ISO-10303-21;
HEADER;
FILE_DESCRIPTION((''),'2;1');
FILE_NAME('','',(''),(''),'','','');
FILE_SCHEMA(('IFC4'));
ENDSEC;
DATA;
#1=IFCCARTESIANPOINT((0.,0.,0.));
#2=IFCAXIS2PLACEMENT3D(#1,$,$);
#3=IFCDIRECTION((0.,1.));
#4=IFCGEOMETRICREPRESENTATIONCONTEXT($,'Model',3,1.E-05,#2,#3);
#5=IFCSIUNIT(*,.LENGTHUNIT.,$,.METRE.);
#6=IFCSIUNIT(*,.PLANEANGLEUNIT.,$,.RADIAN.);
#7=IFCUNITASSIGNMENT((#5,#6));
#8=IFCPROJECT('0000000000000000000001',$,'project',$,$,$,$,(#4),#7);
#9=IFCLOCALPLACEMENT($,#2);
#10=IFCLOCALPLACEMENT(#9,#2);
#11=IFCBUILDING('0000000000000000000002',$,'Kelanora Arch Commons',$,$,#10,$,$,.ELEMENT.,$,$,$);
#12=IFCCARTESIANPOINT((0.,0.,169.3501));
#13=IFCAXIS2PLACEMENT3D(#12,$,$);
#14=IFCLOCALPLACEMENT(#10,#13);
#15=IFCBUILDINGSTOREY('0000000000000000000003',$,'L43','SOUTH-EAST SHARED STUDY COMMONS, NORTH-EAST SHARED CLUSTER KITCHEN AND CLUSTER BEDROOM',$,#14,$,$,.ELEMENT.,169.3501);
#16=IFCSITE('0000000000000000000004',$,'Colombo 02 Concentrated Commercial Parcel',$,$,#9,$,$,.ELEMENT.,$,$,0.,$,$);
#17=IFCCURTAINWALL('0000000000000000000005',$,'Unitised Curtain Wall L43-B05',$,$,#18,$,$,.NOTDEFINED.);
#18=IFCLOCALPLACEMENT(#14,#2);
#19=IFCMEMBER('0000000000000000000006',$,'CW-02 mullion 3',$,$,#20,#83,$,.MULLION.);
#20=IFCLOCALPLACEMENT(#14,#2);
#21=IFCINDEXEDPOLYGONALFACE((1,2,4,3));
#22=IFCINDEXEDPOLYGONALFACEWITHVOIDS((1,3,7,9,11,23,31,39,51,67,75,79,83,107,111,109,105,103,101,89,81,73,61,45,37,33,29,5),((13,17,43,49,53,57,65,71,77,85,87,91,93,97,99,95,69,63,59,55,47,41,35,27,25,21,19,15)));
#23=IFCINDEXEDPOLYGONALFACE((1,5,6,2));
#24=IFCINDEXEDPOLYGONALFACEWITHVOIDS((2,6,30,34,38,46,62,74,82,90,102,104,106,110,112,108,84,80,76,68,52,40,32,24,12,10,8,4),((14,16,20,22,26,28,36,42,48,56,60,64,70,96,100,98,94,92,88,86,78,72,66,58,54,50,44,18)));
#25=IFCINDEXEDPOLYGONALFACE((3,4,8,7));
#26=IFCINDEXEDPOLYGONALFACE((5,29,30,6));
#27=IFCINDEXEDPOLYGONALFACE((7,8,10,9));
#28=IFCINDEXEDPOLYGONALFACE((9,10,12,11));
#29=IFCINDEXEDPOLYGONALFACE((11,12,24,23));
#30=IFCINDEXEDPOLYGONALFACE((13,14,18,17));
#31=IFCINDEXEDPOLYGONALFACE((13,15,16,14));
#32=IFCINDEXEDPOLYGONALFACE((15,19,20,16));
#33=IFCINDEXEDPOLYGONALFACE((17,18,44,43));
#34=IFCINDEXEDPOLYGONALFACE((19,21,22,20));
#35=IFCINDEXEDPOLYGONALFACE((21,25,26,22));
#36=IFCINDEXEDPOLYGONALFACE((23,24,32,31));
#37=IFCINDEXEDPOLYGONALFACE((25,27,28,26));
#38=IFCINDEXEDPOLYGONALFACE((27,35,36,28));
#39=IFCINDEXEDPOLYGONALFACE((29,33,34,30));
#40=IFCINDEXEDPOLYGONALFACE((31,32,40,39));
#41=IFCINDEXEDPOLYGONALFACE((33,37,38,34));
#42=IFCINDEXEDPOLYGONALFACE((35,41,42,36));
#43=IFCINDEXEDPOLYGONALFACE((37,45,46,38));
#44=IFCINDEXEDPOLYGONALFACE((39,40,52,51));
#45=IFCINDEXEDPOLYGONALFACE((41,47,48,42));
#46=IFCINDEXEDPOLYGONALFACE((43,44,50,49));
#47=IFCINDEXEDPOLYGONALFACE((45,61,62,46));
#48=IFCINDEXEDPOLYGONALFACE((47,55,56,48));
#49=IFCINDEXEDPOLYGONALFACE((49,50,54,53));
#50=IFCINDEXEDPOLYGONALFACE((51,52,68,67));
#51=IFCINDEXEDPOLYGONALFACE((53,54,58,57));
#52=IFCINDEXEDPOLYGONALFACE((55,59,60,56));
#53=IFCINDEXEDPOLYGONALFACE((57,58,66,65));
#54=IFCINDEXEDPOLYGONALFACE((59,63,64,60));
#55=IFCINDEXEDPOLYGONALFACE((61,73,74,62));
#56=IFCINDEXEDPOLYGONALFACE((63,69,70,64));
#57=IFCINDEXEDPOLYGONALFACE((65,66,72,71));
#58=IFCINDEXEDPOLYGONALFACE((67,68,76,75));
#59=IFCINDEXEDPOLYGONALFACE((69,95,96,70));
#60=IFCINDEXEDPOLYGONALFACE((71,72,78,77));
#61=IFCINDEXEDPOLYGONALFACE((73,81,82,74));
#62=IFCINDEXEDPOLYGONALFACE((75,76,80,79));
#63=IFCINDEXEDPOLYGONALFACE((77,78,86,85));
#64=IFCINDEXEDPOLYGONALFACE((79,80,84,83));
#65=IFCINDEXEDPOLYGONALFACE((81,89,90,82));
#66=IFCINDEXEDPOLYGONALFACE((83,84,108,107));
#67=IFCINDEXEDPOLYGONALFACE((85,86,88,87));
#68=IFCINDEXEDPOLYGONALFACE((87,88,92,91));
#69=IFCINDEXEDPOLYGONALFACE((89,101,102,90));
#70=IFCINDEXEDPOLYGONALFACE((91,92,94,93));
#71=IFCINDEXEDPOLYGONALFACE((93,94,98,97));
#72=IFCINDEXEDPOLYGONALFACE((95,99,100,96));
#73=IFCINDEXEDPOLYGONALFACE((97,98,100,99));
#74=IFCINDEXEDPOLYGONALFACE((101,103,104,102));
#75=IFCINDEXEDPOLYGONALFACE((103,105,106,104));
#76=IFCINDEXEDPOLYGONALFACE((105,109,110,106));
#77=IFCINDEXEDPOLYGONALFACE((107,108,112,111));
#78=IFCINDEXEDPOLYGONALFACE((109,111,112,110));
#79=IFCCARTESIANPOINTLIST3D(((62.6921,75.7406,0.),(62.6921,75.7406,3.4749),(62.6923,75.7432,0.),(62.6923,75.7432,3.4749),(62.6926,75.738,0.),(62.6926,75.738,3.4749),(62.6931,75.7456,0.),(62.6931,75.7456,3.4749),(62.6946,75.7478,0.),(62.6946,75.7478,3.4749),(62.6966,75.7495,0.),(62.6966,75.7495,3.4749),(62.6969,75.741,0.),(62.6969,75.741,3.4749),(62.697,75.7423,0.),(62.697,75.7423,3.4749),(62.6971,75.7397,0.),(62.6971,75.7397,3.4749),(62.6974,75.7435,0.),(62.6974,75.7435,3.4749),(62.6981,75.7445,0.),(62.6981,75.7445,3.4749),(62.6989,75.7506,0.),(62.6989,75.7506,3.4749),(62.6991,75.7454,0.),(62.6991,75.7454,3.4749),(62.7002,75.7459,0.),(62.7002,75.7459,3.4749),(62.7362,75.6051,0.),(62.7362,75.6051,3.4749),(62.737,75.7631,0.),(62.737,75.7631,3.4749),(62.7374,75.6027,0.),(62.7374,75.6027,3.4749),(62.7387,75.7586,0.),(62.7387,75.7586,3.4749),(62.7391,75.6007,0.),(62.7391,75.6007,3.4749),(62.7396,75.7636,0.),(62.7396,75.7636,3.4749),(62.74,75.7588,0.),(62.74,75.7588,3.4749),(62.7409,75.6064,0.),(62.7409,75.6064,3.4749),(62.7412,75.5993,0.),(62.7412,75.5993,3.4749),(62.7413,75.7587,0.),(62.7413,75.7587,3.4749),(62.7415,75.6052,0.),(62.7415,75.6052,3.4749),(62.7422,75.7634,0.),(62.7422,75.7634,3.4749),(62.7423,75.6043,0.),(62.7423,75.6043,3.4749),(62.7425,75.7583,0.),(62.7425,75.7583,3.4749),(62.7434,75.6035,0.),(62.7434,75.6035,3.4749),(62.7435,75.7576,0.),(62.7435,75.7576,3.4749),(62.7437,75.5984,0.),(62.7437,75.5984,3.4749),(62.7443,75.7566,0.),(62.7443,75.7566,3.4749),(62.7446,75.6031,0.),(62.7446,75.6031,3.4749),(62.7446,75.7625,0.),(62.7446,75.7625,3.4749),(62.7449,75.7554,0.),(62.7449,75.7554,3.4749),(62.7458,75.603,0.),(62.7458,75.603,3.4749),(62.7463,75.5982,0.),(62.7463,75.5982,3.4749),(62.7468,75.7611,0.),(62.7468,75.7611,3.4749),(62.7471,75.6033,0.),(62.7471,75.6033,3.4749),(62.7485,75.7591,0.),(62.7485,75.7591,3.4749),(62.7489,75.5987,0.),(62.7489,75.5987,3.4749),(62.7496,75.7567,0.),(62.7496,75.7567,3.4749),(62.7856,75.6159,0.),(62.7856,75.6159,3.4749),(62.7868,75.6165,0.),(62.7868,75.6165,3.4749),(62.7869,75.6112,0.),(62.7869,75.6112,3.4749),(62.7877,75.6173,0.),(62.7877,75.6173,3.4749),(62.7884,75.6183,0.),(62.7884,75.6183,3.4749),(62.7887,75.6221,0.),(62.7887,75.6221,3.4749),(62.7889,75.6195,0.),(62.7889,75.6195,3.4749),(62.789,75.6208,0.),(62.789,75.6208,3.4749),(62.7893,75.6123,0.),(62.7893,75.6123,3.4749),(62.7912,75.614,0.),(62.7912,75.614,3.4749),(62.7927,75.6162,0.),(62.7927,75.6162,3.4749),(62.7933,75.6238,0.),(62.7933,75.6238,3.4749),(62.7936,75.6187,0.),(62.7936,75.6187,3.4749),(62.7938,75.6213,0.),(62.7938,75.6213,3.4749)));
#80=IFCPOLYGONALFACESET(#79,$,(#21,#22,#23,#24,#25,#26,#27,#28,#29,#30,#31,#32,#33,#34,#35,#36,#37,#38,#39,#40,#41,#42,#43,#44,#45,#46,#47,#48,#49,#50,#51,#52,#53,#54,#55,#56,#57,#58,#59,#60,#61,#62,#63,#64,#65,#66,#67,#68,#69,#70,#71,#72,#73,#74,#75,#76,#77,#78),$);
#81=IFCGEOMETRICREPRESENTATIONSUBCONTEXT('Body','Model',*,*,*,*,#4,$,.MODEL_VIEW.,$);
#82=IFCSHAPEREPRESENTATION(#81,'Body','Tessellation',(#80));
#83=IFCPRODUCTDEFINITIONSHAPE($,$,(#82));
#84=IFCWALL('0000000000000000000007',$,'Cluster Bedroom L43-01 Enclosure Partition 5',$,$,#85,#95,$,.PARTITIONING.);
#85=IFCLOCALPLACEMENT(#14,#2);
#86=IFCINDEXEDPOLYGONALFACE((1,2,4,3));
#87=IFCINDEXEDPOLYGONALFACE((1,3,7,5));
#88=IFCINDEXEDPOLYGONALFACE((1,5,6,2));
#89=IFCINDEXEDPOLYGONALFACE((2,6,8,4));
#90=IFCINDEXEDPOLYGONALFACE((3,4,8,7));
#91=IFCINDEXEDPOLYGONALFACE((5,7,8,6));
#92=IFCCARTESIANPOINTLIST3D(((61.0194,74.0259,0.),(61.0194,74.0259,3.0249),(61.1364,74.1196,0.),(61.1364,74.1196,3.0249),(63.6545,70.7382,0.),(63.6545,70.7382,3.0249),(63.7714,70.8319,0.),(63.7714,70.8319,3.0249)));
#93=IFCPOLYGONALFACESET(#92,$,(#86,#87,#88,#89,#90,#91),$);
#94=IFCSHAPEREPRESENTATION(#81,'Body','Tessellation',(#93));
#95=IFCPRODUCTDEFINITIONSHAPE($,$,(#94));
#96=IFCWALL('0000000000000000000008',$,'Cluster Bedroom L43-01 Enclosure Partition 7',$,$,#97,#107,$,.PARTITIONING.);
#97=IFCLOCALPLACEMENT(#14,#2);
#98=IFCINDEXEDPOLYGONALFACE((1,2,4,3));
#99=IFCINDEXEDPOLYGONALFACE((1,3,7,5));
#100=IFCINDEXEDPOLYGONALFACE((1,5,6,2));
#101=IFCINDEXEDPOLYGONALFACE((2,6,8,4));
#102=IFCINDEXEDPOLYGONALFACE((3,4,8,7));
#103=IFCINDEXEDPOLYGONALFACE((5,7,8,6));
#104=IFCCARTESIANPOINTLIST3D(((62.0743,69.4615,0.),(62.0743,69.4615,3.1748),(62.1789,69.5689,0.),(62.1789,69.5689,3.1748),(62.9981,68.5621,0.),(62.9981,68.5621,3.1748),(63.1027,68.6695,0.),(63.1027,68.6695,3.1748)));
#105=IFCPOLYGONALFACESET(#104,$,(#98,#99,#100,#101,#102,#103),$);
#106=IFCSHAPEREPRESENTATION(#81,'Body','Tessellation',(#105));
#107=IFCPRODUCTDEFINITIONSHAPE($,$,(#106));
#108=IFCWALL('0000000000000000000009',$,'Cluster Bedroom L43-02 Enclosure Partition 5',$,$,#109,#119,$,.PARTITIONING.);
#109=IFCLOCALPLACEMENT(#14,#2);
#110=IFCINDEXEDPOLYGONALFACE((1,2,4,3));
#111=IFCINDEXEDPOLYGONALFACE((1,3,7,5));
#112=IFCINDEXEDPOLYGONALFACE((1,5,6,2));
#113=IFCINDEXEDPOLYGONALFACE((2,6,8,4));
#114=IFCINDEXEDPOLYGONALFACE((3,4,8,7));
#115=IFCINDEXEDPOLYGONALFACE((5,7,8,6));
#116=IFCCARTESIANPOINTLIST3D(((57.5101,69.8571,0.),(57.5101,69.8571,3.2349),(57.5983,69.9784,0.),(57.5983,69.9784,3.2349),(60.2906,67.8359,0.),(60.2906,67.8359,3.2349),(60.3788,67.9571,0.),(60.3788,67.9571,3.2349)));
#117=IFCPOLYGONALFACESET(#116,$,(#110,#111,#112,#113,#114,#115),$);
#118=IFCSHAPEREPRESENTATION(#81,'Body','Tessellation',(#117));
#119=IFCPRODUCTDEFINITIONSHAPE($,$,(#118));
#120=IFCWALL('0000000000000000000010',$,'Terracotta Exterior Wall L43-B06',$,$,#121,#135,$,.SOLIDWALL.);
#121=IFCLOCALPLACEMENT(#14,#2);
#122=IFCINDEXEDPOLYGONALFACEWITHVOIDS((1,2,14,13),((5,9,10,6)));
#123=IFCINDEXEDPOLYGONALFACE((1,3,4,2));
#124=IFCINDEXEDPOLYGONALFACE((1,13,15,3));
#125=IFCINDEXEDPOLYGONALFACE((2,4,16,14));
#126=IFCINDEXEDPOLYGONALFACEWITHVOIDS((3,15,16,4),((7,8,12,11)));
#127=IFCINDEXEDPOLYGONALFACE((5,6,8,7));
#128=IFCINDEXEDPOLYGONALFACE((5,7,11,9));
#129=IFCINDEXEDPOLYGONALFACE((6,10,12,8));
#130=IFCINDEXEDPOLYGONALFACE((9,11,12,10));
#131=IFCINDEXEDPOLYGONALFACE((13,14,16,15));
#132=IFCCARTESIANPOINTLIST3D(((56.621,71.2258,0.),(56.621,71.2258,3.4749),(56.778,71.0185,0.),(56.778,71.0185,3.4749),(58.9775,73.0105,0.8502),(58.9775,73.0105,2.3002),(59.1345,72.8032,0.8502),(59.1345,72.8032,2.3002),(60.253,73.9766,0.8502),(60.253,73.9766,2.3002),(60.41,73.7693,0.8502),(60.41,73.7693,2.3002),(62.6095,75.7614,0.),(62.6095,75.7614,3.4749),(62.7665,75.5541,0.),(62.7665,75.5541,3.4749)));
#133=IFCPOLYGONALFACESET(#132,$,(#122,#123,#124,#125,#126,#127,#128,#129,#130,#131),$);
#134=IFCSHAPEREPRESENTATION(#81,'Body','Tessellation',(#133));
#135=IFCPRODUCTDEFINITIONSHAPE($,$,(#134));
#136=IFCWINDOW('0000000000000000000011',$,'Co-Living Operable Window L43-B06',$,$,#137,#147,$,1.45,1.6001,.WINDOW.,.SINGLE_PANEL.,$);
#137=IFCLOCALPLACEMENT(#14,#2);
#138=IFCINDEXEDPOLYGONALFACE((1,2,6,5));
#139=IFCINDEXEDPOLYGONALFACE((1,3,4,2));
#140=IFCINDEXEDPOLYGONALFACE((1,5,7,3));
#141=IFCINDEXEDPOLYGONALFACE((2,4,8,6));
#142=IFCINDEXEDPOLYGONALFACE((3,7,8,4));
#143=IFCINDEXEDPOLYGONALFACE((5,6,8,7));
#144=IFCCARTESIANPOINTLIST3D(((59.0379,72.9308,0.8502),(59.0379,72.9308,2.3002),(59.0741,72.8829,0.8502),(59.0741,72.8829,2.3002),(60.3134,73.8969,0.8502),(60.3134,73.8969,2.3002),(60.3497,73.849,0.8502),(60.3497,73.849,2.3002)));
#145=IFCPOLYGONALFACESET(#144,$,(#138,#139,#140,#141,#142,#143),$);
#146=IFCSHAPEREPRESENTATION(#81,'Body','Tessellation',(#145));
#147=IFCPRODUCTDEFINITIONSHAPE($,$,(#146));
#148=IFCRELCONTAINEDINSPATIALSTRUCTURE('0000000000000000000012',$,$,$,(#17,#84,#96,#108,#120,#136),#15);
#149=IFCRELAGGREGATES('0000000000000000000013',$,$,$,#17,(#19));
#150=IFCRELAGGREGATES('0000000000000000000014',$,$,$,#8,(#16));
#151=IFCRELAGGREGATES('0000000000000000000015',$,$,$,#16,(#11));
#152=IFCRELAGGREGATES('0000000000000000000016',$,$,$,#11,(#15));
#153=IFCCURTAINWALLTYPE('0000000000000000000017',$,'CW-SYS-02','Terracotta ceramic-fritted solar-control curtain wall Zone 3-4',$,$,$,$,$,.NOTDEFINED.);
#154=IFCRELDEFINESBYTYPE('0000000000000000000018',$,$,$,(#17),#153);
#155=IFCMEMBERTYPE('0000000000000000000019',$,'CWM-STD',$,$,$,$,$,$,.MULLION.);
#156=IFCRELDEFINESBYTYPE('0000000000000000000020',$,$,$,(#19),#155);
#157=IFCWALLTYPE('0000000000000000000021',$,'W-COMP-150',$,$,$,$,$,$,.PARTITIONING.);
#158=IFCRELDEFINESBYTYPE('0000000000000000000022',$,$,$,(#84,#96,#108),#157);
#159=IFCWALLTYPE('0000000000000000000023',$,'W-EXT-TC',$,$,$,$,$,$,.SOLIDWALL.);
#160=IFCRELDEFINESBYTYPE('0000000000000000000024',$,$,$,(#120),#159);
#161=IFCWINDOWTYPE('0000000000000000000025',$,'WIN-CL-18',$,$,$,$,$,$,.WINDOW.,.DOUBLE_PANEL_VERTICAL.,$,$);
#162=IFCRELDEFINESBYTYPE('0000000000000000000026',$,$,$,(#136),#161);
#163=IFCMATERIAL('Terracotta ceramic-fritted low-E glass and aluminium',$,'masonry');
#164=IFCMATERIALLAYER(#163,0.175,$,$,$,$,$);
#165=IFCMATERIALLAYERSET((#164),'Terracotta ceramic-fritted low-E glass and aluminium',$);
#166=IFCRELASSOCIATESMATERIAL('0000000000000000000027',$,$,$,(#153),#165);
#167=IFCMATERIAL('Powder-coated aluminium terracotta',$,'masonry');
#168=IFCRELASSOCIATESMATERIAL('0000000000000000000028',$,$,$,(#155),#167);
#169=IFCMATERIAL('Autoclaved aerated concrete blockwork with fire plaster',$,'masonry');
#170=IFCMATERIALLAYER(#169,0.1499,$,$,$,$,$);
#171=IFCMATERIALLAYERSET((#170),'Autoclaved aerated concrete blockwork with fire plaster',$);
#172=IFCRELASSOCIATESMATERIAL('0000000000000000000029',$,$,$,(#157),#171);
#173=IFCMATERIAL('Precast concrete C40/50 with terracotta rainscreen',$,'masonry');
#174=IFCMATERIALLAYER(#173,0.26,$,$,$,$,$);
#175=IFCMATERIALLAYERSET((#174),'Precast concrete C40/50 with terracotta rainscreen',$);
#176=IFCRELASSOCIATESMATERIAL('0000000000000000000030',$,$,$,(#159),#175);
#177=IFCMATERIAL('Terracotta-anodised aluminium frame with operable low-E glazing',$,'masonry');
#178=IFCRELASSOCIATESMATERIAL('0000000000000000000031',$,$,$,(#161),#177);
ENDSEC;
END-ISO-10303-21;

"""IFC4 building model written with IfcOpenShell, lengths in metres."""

from ifc_helpers import new_model, si_unit, direction, frame, frame_2d, origin, origin_2d, place, context, subcontext, project, spatial, rectangle, hollow_rectangle, extrude, material, layer, layer_set, material_profile, profile_set, type_object, element, fill, aggregate, save


model = new_model("IFC4")

# Units and contexts
model_context = context("Model", 3, precision=1e-05, world=origin(), true_north=direction((0.0, 1.0)))
body_context = subcontext(model_context, "Body", "Model", "MODEL_VIEW")
ifc_project = project(units=[si_unit("LENGTHUNIT", "METRE"), si_unit("PLANEANGLEUNIT", "RADIAN")], contexts=[model_context])

# Site, building, storey
site_placement = place(None, origin())
site = spatial("IfcSite", under=ifc_project, at=site_placement, Name="Colombo 02 Concentrated Commercial Parcel", CompositionType="ELEMENT", RefElevation=0.0)
building_placement = place(site_placement, origin())
building = spatial("IfcBuilding", under=site, at=building_placement, Name="Kelanora Arch Commons", CompositionType="ELEMENT")
storey_placement = place(building_placement, frame((0.0, 0.0, 169.3501)))
storey = spatial("IfcBuildingStorey", under=building, at=storey_placement, Name="L43", Description="SOUTH-EAST SHARED STUDY COMMONS, NORTH-EAST SHARED CLUSTER KITCHEN AND CLUSTER BEDROOM", CompositionType="ELEMENT", Elevation=169.3501)

# Curtain wall, member
ifc_material_1 = material(Name="Terracotta ceramic-fritted low-E glass and aluminium", Category="masonry")
ifc_layer_1 = layer(ifc_material_1, 0.175)
ifc_layer_set_1 = layer_set([ifc_layer_1], Name="Terracotta ceramic-fritted low-E glass and aluminium")
curtain_wall_type = type_object("IfcCurtainWallType", Name="CW-SYS-02", Description="Terracotta ceramic-fritted solar-control curtain wall Zone 3-4", PredefinedType="NOTDEFINED", material=ifc_layer_set_1)
curtain_wall_placement = place(storey_placement, origin())
curtain_wall = element("IfcCurtainWall", 1, at=curtain_wall_placement, inside=storey, type_object=curtain_wall_type, Name="Unitised Curtain Wall L43-B05", PredefinedType="NOTDEFINED")
ifc_material_2 = material(Name="Powder-coated aluminium terracotta", Category="masonry")
ifc_material_profile_1 = material_profile(ifc_material_2, hollow_rectangle(XDim=0.1599, YDim=0.0601, WallThickness=0.0049, InnerFilletRadius=0.0049, OuterFilletRadius=0.01, at=origin_2d()), Name="CWM160x60")
ifc_profile_set_1 = profile_set([ifc_material_profile_1], Name="Powder-coated aluminium terracotta")
member_type = type_object("IfcMemberType", Name="CWM-STD", PredefinedType="MULLION", material=ifc_profile_set_1)
member_placement = place(storey_placement, frame((62.7429, 75.6809, 0.0), z_axis=(0.0, 0.0, 1.0), x_axis=(0.312128, -0.95004, 0.0)))
member = element("IfcMember", 2, at=member_placement, type_object=member_type, Name="CW-02 mullion 3", PredefinedType="MULLION", context=body_context, shape_type="SweptSolid", body=[
    extrude(hollow_rectangle(XDim=0.1599, YDim=0.0601, WallThickness=0.0049, InnerFilletRadius=0.0049, OuterFilletRadius=0.01, at=origin_2d()), origin(), (0.0, 0.0, 1.0), 3.4749),
])
aggregate(curtain_wall, [member])

# Walls
ifc_material_3 = material(Name="Autoclaved aerated concrete blockwork with fire plaster", Category="masonry")
ifc_layer_2 = layer(ifc_material_3, 0.1499)
ifc_layer_set_2 = layer_set([ifc_layer_2], Name="Autoclaved aerated concrete blockwork with fire plaster")
wall_type_1 = type_object("IfcWallType", Name="W-COMP-150", PredefinedType="PARTITIONING", material=ifc_layer_set_2)
wall_1_placement = place(storey_placement, frame((61.0779, 74.0728, 0.0), z_axis=(0.0, 0.0, 1.0), x_axis=(0.625409, -0.780298, 0.0)))
element("IfcWall", 3, at=wall_1_placement, inside=storey, type_object=wall_type_1, Name="Cluster Bedroom L43-01 Enclosure Partition 5", PredefinedType="PARTITIONING", context=body_context, shape_type="SweptSolid", body=[
    extrude(rectangle(XDim=4.2134, YDim=0.1499, at=frame_2d((2.1067, 0.0))), origin(), (0.0, 0.0, 1.0), 3.0249),
])
wall_2_placement = place(storey_placement, frame((62.1267, 69.5151, 0.0), z_axis=(0.0, 0.0, 1.0), x_axis=(0.716511, -0.697576, 0.0)))
element("IfcWall", 4, at=wall_2_placement, inside=storey, type_object=wall_type_1, Name="Cluster Bedroom L43-01 Enclosure Partition 7", PredefinedType="PARTITIONING", context=body_context, shape_type="SweptSolid", body=[
    extrude(rectangle(XDim=1.2893, YDim=0.1499, at=frame_2d((0.6445, 0.0))), origin(), (0.0, 0.0, 1.0), 3.1748),
])
wall_3_placement = place(storey_placement, frame((57.5542, 69.9177, 0.0), z_axis=(0.0, 0.0, 1.0), x_axis=(0.808868, -0.58799, 0.0)))
element("IfcWall", 5, at=wall_3_placement, inside=storey, type_object=wall_type_1, Name="Cluster Bedroom L43-02 Enclosure Partition 5", PredefinedType="PARTITIONING", context=body_context, shape_type="SweptSolid", body=[
    extrude(rectangle(XDim=3.4375, YDim=0.1499, at=frame_2d((1.7188, 0.0))), origin(), (0.0, 0.0, 1.0), 3.2349),
])

# Wall, opening, window
ifc_material_4 = material(Name="Precast concrete C40/50 with terracotta rainscreen", Category="masonry")
ifc_layer_3 = layer(ifc_material_4, 0.26)
ifc_layer_set_3 = layer_set([ifc_layer_3], Name="Precast concrete C40/50 with terracotta rainscreen")
wall_type_2 = type_object("IfcWallType", Name="W-EXT-TC", PredefinedType="SOLIDWALL", material=ifc_layer_set_3)
wall_4_placement = place(storey_placement, frame((62.688, 75.6577, 0.0), z_axis=(0.0, 0.0, 1.0), x_axis=(-0.797164, -0.603763, 0.0)))
wall_4 = element("IfcWall", 6, at=wall_4_placement, inside=storey, type_object=wall_type_2, Name="Terracotta Exterior Wall L43-B06", PredefinedType="SOLIDWALL", context=body_context, shape_type="SweptSolid", body=[
    extrude(rectangle(XDim=7.5122, YDim=0.26, at=frame_2d((3.7561, 0.0))), origin(), (0.0, 0.0, 1.0), 3.4749),
])
opening_1_placement = place(wall_4_placement, frame((2.9561, 0.0, 0.8501)))
opening_1 = element("IfcOpeningElement", 7, at=opening_1_placement, cuts=wall_4, PredefinedType="OPENING", context=body_context, shape_type="SweptSolid", body=[
    extrude(rectangle(XDim=1.6001, YDim=1.45, at=frame_2d((0.8, 0.7251))), frame((0.0, 0.1401, 0.0), z_axis=(0.0, -1.0, 0.0), x_axis=(1.0, 0.0, 0.0)), (0.0, 0.0, 1.0), 0.28),
])
ifc_material_5 = material(Name="Terracotta-anodised aluminium frame with operable low-E glazing", Category="masonry")
window_type_1 = type_object("IfcWindowType", Name="WIN-CL-18", PartitioningType="DOUBLE_PANEL_VERTICAL", PredefinedType="WINDOW", material=ifc_material_5)
window_1_placement = place(opening_1_placement, origin())
window_1 = element("IfcWindow", 8, at=window_1_placement, inside=storey, type_object=window_type_1, Name="Co-Living Operable Window L43-B06", OverallHeight=1.45, OverallWidth=1.6001, PartitioningType="SINGLE_PANEL", PredefinedType="WINDOW", context=body_context, shape_type="SweptSolid", body=[
    extrude(rectangle(XDim=1.6001, YDim=1.45, at=frame_2d((0.8, 0.7251))), frame((0.0, 0.03, 0.0), z_axis=(0.0, -1.0, 0.0), x_axis=(1.0, 0.0, 0.0)), (0.0, 0.0, 1.0), 0.0601),
])
fill(opening_1, window_1)

save(model, "model.ifc")
